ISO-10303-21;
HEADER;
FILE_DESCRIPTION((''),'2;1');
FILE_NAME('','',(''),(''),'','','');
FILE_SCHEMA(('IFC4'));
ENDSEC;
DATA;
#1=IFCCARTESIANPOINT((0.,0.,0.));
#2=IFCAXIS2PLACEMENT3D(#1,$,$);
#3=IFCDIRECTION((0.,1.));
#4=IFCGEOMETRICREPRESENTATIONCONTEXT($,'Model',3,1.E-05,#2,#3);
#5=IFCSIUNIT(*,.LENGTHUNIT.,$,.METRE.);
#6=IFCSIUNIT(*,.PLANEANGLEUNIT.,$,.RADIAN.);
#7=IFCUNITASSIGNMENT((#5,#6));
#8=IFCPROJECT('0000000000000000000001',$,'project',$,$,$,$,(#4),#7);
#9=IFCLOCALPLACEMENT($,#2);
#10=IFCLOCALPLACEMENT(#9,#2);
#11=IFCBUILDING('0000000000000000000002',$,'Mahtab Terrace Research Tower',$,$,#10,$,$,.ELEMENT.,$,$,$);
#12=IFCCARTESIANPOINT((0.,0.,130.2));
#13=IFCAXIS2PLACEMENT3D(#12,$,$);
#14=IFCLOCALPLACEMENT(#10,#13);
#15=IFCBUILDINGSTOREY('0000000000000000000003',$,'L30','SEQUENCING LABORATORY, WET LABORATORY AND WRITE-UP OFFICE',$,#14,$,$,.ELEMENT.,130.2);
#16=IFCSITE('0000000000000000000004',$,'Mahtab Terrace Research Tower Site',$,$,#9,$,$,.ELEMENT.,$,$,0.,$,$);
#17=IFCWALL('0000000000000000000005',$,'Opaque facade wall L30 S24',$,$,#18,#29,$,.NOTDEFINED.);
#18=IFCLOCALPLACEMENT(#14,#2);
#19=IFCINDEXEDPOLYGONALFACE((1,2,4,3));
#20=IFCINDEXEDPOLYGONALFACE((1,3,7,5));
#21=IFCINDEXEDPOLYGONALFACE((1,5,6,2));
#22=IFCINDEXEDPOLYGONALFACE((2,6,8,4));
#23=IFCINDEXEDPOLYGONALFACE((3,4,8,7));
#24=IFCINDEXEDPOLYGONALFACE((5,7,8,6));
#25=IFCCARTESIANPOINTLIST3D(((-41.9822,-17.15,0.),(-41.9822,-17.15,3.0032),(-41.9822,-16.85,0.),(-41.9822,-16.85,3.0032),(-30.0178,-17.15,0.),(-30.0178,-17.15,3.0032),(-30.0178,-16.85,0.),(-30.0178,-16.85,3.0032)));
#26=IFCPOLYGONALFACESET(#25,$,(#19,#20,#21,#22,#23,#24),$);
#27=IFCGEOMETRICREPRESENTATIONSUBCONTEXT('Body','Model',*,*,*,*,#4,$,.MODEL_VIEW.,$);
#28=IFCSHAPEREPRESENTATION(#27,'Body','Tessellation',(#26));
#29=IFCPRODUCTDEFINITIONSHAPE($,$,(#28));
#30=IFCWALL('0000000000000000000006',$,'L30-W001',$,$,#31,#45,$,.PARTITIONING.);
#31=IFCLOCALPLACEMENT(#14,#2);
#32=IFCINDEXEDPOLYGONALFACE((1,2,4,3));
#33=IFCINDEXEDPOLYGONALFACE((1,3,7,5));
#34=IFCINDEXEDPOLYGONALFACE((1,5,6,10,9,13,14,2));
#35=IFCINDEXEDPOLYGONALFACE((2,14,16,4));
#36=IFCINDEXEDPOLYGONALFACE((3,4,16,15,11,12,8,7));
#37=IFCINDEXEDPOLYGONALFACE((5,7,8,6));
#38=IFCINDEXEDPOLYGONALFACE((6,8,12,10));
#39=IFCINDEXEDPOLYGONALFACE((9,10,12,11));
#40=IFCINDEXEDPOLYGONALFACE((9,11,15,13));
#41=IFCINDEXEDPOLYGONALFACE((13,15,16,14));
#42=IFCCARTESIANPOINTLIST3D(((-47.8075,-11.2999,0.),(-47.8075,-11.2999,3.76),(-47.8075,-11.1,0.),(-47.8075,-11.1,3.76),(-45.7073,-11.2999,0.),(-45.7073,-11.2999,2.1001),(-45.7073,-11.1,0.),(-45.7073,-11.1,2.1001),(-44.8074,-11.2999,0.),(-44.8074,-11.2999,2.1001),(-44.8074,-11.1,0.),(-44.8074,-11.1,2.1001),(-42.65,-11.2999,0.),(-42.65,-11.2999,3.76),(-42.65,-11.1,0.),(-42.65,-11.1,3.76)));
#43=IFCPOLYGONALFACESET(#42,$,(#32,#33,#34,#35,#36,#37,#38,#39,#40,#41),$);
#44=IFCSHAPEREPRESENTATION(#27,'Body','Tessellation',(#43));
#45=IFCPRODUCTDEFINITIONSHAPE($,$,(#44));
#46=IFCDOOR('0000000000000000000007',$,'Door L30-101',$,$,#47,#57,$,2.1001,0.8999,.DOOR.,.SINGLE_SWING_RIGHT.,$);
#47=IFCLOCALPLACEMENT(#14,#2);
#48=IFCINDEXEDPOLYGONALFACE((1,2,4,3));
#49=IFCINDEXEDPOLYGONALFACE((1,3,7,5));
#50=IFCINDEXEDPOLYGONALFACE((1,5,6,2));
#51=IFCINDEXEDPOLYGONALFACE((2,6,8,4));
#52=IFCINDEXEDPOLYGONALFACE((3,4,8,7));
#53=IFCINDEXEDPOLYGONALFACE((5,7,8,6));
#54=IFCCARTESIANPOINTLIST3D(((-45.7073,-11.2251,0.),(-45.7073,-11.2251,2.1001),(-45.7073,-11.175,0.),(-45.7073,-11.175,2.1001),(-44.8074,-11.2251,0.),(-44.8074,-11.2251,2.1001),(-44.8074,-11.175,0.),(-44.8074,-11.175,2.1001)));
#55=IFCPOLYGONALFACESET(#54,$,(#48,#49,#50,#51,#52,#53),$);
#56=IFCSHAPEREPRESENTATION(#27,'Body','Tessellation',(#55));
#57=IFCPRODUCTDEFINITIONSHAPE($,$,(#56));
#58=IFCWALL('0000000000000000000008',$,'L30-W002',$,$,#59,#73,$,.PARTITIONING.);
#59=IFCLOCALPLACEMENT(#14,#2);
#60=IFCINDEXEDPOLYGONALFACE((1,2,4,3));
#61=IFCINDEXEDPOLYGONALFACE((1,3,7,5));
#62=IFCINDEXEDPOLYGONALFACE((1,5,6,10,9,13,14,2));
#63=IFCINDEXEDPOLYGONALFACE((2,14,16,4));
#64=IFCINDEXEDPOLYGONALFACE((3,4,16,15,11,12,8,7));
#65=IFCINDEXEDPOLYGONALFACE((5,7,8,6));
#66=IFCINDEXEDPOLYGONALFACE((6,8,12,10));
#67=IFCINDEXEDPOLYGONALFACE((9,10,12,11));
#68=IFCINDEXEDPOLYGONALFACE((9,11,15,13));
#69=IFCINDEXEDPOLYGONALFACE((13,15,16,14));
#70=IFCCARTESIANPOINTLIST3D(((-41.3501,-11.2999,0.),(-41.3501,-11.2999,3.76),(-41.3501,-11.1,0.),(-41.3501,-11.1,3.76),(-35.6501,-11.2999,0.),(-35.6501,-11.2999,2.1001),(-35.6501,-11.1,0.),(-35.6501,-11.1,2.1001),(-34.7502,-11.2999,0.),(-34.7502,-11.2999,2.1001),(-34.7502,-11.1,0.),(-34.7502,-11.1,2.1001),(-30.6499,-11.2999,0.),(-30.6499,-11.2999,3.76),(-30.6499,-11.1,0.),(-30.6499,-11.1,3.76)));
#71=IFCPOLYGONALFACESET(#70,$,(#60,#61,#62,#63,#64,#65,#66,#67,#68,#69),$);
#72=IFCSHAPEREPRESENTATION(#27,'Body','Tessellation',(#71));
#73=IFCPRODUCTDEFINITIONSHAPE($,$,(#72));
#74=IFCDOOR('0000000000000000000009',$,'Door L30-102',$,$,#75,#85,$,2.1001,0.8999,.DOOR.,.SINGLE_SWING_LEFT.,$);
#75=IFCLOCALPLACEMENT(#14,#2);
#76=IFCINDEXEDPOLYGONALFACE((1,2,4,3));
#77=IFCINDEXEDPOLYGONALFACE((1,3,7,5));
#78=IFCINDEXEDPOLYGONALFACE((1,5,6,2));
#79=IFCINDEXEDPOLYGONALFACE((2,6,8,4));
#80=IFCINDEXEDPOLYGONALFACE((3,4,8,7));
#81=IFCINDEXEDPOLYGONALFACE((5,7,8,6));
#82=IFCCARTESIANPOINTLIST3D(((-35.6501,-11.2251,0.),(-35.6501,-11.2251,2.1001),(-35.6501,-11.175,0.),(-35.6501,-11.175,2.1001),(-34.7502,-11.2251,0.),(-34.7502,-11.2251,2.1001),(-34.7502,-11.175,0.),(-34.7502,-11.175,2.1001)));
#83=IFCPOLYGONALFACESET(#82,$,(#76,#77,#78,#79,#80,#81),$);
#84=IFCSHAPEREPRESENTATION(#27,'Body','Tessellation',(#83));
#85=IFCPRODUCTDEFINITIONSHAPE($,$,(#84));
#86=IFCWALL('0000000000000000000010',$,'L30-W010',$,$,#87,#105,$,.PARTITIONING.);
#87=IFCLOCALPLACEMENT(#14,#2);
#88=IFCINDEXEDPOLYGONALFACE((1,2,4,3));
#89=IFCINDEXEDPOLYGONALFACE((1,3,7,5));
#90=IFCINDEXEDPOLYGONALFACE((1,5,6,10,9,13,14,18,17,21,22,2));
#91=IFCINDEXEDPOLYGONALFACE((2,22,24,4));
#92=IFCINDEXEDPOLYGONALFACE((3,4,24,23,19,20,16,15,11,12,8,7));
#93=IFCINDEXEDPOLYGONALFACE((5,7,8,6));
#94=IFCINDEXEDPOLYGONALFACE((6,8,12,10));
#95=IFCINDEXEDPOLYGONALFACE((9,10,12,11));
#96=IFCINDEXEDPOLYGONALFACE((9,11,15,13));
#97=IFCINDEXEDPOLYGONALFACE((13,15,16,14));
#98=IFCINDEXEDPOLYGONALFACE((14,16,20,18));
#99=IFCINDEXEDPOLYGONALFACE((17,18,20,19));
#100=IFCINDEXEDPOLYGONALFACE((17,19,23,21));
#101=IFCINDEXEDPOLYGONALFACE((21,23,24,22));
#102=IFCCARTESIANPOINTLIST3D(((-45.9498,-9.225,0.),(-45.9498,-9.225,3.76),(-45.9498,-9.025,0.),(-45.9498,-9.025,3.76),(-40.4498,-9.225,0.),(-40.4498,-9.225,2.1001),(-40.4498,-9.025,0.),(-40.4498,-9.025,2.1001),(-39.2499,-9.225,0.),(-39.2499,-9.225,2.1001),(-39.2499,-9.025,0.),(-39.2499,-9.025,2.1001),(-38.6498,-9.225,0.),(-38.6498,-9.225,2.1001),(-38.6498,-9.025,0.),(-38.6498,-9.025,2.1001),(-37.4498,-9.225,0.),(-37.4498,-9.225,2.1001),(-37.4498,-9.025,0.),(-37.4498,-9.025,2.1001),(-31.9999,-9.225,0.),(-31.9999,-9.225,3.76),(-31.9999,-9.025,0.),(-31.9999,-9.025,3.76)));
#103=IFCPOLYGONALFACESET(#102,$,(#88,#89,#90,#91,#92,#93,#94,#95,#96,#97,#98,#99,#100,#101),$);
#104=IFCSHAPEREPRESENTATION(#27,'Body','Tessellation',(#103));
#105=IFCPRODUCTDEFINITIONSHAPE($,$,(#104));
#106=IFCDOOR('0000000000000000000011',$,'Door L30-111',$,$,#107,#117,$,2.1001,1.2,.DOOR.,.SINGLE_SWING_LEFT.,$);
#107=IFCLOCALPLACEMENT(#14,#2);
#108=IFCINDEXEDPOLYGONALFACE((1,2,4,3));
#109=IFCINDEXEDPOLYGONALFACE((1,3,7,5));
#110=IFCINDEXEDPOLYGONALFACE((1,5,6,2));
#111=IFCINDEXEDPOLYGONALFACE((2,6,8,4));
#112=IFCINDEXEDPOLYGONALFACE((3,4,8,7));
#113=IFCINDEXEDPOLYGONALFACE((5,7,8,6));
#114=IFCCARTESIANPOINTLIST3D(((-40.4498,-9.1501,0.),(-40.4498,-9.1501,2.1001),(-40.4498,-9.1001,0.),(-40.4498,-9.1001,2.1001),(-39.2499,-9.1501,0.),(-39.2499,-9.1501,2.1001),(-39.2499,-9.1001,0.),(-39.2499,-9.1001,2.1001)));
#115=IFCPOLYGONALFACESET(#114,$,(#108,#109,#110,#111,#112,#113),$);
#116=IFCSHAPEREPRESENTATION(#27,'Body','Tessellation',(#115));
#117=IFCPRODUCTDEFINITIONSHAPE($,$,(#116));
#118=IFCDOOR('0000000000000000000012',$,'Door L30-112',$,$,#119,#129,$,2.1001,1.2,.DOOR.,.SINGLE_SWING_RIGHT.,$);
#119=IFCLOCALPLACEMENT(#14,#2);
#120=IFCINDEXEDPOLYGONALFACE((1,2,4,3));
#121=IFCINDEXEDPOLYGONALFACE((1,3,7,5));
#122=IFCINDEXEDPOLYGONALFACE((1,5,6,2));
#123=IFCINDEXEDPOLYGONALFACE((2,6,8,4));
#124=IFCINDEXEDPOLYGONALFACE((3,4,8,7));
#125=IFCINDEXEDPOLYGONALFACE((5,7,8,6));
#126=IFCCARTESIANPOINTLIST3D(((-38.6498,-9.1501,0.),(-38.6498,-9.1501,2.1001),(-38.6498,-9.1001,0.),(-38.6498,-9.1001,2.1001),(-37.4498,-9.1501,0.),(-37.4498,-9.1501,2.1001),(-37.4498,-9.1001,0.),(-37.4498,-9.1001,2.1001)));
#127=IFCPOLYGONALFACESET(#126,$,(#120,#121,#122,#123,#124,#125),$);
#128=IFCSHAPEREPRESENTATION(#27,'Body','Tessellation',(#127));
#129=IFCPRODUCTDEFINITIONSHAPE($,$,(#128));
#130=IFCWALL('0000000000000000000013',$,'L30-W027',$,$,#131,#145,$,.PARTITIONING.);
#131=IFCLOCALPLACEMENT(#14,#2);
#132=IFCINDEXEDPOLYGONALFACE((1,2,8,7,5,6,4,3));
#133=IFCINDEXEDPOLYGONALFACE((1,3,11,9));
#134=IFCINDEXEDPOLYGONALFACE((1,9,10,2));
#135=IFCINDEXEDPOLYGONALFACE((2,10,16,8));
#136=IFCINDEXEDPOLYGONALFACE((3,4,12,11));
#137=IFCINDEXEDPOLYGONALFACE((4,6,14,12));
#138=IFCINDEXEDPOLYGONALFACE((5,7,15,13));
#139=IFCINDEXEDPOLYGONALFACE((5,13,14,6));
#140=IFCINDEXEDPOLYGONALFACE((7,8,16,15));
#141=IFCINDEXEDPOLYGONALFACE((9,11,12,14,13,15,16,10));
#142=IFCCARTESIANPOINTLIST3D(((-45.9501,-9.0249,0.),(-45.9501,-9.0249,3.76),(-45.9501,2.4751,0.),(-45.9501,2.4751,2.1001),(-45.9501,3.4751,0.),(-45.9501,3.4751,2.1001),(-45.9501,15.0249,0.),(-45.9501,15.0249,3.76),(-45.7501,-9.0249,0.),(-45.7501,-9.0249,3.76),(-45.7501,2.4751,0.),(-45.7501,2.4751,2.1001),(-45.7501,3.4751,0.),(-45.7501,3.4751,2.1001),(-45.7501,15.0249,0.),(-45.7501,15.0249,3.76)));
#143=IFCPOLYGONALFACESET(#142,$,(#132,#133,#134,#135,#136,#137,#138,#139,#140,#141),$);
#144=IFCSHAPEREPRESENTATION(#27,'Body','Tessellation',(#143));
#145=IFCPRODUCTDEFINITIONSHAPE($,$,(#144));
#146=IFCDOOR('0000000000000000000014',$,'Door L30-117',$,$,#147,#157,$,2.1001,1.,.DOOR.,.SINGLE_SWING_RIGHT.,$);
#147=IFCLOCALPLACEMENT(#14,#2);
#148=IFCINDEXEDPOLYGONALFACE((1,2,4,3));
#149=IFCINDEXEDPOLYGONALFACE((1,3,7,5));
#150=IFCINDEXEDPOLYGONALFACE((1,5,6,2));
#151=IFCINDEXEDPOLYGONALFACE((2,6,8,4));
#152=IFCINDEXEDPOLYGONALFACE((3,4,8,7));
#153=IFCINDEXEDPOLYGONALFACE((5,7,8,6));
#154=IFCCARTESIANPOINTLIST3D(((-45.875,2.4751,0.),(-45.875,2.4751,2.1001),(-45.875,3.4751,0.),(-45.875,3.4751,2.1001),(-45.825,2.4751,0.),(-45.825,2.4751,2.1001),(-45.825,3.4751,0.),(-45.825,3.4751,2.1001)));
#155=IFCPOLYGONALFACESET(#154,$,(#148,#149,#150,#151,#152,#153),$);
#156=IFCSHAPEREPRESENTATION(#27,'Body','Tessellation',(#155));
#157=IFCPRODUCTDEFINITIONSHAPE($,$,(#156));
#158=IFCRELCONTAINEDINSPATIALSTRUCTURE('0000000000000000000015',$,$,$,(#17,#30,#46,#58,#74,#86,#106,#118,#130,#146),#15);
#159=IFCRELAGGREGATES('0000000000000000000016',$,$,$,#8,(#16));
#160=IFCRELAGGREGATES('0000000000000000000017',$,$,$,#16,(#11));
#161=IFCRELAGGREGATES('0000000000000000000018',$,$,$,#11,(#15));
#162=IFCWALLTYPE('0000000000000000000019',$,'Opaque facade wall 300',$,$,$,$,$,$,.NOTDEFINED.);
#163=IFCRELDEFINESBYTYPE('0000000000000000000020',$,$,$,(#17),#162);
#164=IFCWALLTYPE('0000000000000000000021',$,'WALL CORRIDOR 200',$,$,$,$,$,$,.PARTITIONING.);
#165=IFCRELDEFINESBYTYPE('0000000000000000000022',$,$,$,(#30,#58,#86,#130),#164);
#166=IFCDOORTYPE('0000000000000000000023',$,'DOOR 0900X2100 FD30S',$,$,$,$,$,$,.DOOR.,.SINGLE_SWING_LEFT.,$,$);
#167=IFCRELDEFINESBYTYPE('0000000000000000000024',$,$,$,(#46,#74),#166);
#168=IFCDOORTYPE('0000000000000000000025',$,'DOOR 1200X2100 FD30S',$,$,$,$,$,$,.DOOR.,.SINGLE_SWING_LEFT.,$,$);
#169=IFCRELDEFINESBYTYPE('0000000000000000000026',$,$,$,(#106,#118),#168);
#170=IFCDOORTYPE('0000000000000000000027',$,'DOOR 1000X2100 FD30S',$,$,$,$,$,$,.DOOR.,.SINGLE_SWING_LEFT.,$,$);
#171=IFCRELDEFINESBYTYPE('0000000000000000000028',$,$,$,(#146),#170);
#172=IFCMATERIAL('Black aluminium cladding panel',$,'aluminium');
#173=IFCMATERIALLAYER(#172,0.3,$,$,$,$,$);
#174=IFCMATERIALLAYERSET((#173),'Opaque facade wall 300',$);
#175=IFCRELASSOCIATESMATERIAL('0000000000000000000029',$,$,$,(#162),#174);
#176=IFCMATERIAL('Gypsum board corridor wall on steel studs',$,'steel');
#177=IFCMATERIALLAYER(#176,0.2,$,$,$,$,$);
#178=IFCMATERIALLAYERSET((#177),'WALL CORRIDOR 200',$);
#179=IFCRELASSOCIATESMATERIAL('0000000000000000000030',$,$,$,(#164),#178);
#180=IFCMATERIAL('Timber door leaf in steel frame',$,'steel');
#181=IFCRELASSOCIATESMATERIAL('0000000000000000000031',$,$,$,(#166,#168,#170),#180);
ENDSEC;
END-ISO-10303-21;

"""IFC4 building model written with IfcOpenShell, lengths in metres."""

from ifc_helpers import new_model, si_unit, direction, frame, frame_2d, origin, place, context, subcontext, project, spatial, rectangle, extrude, material, layer, layer_set, type_object, element, fill, save


model = new_model("IFC4")

# Units and contexts
model_context = context("Model", 3, precision=1e-05, world=origin(), true_north=direction((0.0, 1.0)))
body_context = subcontext(model_context, "Body", "Model", "MODEL_VIEW")
ifc_project = project(units=[si_unit("LENGTHUNIT", "METRE"), si_unit("PLANEANGLEUNIT", "RADIAN")], contexts=[model_context])

# Site, building, storey
site_placement = place(None, origin())
site = spatial("IfcSite", under=ifc_project, at=site_placement, Name="Mahtab Terrace Research Tower Site", CompositionType="ELEMENT", RefElevation=0.0)
building_placement = place(site_placement, origin())
building = spatial("IfcBuilding", under=site, at=building_placement, Name="Mahtab Terrace Research Tower", CompositionType="ELEMENT")
storey_placement = place(building_placement, frame((0.0, 0.0, 130.2)))
storey = spatial("IfcBuildingStorey", under=building, at=storey_placement, Name="L30", Description="SEQUENCING LABORATORY, WET LABORATORY AND WRITE-UP OFFICE", CompositionType="ELEMENT", Elevation=130.2)

# Wall
ifc_material_1 = material(Name="Black aluminium cladding panel", Category="aluminium")
ifc_layer_1 = layer(ifc_material_1, 0.3)
ifc_layer_set_1 = layer_set([ifc_layer_1], Name="Opaque facade wall 300")
wall_type_1 = type_object("IfcWallType", Name="Opaque facade wall 300", PredefinedType="NOTDEFINED", material=ifc_layer_set_1)
wall_1_placement = place(storey_placement, frame((-41.9822, -17.0, 0.0), z_axis=(0.0, 0.0, 1.0), x_axis=(1.0, 0.0, 0.0)))
element("IfcWall", 1, at=wall_1_placement, inside=storey, type_object=wall_type_1, Name="Opaque facade wall L30 S24", PredefinedType="NOTDEFINED", context=body_context, shape_type="SweptSolid", body=[
    extrude(rectangle(XDim=11.9644, YDim=0.3, at=frame_2d((5.9822, 0.0))), origin(), (0.0, 0.0, 1.0), 3.0032),
])

# Walls, openings, doors
ifc_material_2 = material(Name="Gypsum board corridor wall on steel studs", Category="steel")
ifc_layer_2 = layer(ifc_material_2, 0.2)
ifc_layer_set_2 = layer_set([ifc_layer_2], Name="WALL CORRIDOR 200")
wall_type_2 = type_object("IfcWallType", Name="WALL CORRIDOR 200", PredefinedType="PARTITIONING", material=ifc_layer_set_2)
wall_2_placement = place(storey_placement, frame((-47.8074, -11.2, 0.0), z_axis=(0.0, 0.0, 1.0), x_axis=(1.0, 0.0, 0.0)))
wall_2 = element("IfcWall", 2, at=wall_2_placement, inside=storey, type_object=wall_type_2, Name="L30-W001", PredefinedType="PARTITIONING", context=body_context, shape_type="SweptSolid", body=[
    extrude(rectangle(XDim=5.1575, YDim=0.2, at=frame_2d((2.5786, 0.0))), origin(), (0.0, 0.0, 1.0), 3.76),
])
opening_1_placement = place(wall_2_placement, frame((2.1001, 0.0, 0.0)))
opening_1 = element("IfcOpeningElement", 3, at=opening_1_placement, cuts=wall_2, PredefinedType="OPENING", context=body_context, shape_type="SweptSolid", body=[
    extrude(rectangle(XDim=0.8999, YDim=2.1001, at=frame_2d((0.45, 1.05))), frame((0.0, 0.1099, 0.0), z_axis=(0.0, -1.0, 0.0), x_axis=(1.0, 0.0, 0.0)), (0.0, 0.0, 1.0), 0.22),
])
ifc_material_3 = material(Name="Timber door leaf in steel frame", Category="steel")
door_type_1 = type_object("IfcDoorType", Name="DOOR 0900X2100 FD30S", OperationType="SINGLE_SWING_LEFT", PredefinedType="DOOR", material=ifc_material_3)
door_1_placement = place(opening_1_placement, origin())
door_1 = element("IfcDoor", 4, at=door_1_placement, inside=storey, type_object=door_type_1, Name="Door L30-101", OperationType="SINGLE_SWING_RIGHT", OverallHeight=2.1001, OverallWidth=0.8999, PredefinedType="DOOR", context=body_context, shape_type="SweptSolid", body=[
    extrude(rectangle(XDim=0.8999, YDim=2.1001, at=frame_2d((0.45, 1.05))), frame((0.0, 0.0249, 0.0), z_axis=(0.0, -1.0, 0.0), x_axis=(1.0, 0.0, 0.0)), (0.0, 0.0, 1.0), 0.05),
])
fill(opening_1, door_1)
wall_3_placement = place(storey_placement, frame((-41.3501, -11.2, 0.0), z_axis=(0.0, 0.0, 1.0), x_axis=(1.0, 0.0, 0.0)))
wall_3 = element("IfcWall", 5, at=wall_3_placement, inside=storey, type_object=wall_type_2, Name="L30-W002", PredefinedType="PARTITIONING", context=body_context, shape_type="SweptSolid", body=[
    extrude(rectangle(XDim=10.7002, YDim=0.2, at=frame_2d((5.3501, 0.0))), origin(), (0.0, 0.0, 1.0), 3.76),
])
opening_2_placement = place(wall_3_placement, frame((5.7, 0.0, 0.0)))
opening_2 = element("IfcOpeningElement", 6, at=opening_2_placement, cuts=wall_3, PredefinedType="OPENING", context=body_context, shape_type="SweptSolid", body=[
    extrude(rectangle(XDim=0.8999, YDim=2.1001, at=frame_2d((0.45, 1.05))), frame((0.0, 0.1099, 0.0), z_axis=(0.0, -1.0, 0.0), x_axis=(1.0, 0.0, 0.0)), (0.0, 0.0, 1.0), 0.22),
])
door_2_placement = place(opening_2_placement, origin())
door_2 = element("IfcDoor", 7, at=door_2_placement, inside=storey, type_object=door_type_1, Name="Door L30-102", OperationType="SINGLE_SWING_LEFT", OverallHeight=2.1001, OverallWidth=0.8999, PredefinedType="DOOR", context=body_context, shape_type="SweptSolid", body=[
    extrude(rectangle(XDim=0.8999, YDim=2.1001, at=frame_2d((0.45, 1.05))), frame((0.0, 0.0249, 0.0), z_axis=(0.0, -1.0, 0.0), x_axis=(1.0, 0.0, 0.0)), (0.0, 0.0, 1.0), 0.05),
])
fill(opening_2, door_2)

# Wall, openings, doors
wall_4_placement = place(storey_placement, frame((-45.95, -9.125, 0.0), z_axis=(0.0, 0.0, 1.0), x_axis=(1.0, 0.0, 0.0)))
wall_4 = element("IfcWall", 8, at=wall_4_placement, inside=storey, type_object=wall_type_2, Name="L30-W010", PredefinedType="PARTITIONING", context=body_context, shape_type="SweptSolid", body=[
    extrude(rectangle(XDim=13.95, YDim=0.2, at=frame_2d((6.9751, 0.0))), origin(), (0.0, 0.0, 1.0), 3.76),
])
opening_3_placement = place(wall_4_placement, frame((5.5, 0.0, 0.0)))
opening_3 = element("IfcOpeningElement", 9, at=opening_3_placement, cuts=wall_4, PredefinedType="OPENING", context=body_context, shape_type="SweptSolid", body=[
    extrude(rectangle(XDim=1.2, YDim=2.1001, at=frame_2d((0.6001, 1.05))), frame((0.0, 0.1099, 0.0), z_axis=(0.0, -1.0, 0.0), x_axis=(1.0, 0.0, 0.0)), (0.0, 0.0, 1.0), 0.22),
])
opening_4_placement = place(wall_4_placement, frame((7.3, 0.0, 0.0)))
opening_4 = element("IfcOpeningElement", 10, at=opening_4_placement, cuts=wall_4, PredefinedType="OPENING", context=body_context, shape_type="SweptSolid", body=[
    extrude(rectangle(XDim=1.2, YDim=2.1001, at=frame_2d((0.6001, 1.05))), frame((0.0, 0.1099, 0.0), z_axis=(0.0, -1.0, 0.0), x_axis=(1.0, 0.0, 0.0)), (0.0, 0.0, 1.0), 0.22),
])
door_type_2 = type_object("IfcDoorType", Name="DOOR 1200X2100 FD30S", OperationType="SINGLE_SWING_LEFT", PredefinedType="DOOR", material=ifc_material_3)
door_3_placement = place(opening_3_placement, origin())
door_3 = element("IfcDoor", 11, at=door_3_placement, inside=storey, type_object=door_type_2, Name="Door L30-111", OperationType="SINGLE_SWING_LEFT", OverallHeight=2.1001, OverallWidth=1.2, PredefinedType="DOOR", context=body_context, shape_type="SweptSolid", body=[
    extrude(rectangle(XDim=1.2, YDim=2.1001, at=frame_2d((0.6001, 1.05))), frame((0.0, 0.0249, 0.0), z_axis=(0.0, -1.0, 0.0), x_axis=(1.0, 0.0, 0.0)), (0.0, 0.0, 1.0), 0.05),
])
fill(opening_3, door_3)
door_4_placement = place(opening_4_placement, origin())
door_4 = element("IfcDoor", 12, at=door_4_placement, inside=storey, type_object=door_type_2, Name="Door L30-112", OperationType="SINGLE_SWING_RIGHT", OverallHeight=2.1001, OverallWidth=1.2, PredefinedType="DOOR", context=body_context, shape_type="SweptSolid", body=[
    extrude(rectangle(XDim=1.2, YDim=2.1001, at=frame_2d((0.6001, 1.05))), frame((0.0, 0.0249, 0.0), z_axis=(0.0, -1.0, 0.0), x_axis=(1.0, 0.0, 0.0)), (0.0, 0.0, 1.0), 0.05),
])
fill(opening_4, door_4)

# Wall, opening, door
wall_5_placement = place(storey_placement, frame((-45.8501, -9.0249, 0.0), z_axis=(0.0, 0.0, 1.0), x_axis=(0.0, 1.0, 0.0)))
wall_5 = element("IfcWall", 13, at=wall_5_placement, inside=storey, type_object=wall_type_2, Name="L30-W027", PredefinedType="PARTITIONING", context=body_context, shape_type="SweptSolid", body=[
    extrude(rectangle(XDim=24.0498, YDim=0.2, at=frame_2d((12.0249, 0.0))), origin(), (0.0, 0.0, 1.0), 3.76),
])
opening_5_placement = place(wall_5_placement, frame((11.5, 0.0, 0.0)))
opening_5 = element("IfcOpeningElement", 14, at=opening_5_placement, cuts=wall_5, PredefinedType="OPENING", context=body_context, shape_type="SweptSolid", body=[
    extrude(rectangle(XDim=1.0, YDim=2.1001, at=frame_2d((0.5, 1.05))), frame((0.0, 0.1099, 0.0), z_axis=(0.0, -1.0, 0.0), x_axis=(1.0, 0.0, 0.0)), (0.0, 0.0, 1.0), 0.22),
])
door_type_3 = type_object("IfcDoorType", Name="DOOR 1000X2100 FD30S", OperationType="SINGLE_SWING_LEFT", PredefinedType="DOOR", material=ifc_material_3)
door_5_placement = place(opening_5_placement, origin())
door_5 = element("IfcDoor", 15, at=door_5_placement, inside=storey, type_object=door_type_3, Name="Door L30-117", OperationType="SINGLE_SWING_RIGHT", OverallHeight=2.1001, OverallWidth=1.0, PredefinedType="DOOR", context=body_context, shape_type="SweptSolid", body=[
    extrude(rectangle(XDim=1.0, YDim=2.1001, at=frame_2d((0.5, 1.05))), frame((0.0, 0.0249, 0.0), z_axis=(0.0, -1.0, 0.0), x_axis=(1.0, 0.0, 0.0)), (0.0, 0.0, 1.0), 0.05),
])
fill(opening_5, door_5)

save(model, "model.ifc")
